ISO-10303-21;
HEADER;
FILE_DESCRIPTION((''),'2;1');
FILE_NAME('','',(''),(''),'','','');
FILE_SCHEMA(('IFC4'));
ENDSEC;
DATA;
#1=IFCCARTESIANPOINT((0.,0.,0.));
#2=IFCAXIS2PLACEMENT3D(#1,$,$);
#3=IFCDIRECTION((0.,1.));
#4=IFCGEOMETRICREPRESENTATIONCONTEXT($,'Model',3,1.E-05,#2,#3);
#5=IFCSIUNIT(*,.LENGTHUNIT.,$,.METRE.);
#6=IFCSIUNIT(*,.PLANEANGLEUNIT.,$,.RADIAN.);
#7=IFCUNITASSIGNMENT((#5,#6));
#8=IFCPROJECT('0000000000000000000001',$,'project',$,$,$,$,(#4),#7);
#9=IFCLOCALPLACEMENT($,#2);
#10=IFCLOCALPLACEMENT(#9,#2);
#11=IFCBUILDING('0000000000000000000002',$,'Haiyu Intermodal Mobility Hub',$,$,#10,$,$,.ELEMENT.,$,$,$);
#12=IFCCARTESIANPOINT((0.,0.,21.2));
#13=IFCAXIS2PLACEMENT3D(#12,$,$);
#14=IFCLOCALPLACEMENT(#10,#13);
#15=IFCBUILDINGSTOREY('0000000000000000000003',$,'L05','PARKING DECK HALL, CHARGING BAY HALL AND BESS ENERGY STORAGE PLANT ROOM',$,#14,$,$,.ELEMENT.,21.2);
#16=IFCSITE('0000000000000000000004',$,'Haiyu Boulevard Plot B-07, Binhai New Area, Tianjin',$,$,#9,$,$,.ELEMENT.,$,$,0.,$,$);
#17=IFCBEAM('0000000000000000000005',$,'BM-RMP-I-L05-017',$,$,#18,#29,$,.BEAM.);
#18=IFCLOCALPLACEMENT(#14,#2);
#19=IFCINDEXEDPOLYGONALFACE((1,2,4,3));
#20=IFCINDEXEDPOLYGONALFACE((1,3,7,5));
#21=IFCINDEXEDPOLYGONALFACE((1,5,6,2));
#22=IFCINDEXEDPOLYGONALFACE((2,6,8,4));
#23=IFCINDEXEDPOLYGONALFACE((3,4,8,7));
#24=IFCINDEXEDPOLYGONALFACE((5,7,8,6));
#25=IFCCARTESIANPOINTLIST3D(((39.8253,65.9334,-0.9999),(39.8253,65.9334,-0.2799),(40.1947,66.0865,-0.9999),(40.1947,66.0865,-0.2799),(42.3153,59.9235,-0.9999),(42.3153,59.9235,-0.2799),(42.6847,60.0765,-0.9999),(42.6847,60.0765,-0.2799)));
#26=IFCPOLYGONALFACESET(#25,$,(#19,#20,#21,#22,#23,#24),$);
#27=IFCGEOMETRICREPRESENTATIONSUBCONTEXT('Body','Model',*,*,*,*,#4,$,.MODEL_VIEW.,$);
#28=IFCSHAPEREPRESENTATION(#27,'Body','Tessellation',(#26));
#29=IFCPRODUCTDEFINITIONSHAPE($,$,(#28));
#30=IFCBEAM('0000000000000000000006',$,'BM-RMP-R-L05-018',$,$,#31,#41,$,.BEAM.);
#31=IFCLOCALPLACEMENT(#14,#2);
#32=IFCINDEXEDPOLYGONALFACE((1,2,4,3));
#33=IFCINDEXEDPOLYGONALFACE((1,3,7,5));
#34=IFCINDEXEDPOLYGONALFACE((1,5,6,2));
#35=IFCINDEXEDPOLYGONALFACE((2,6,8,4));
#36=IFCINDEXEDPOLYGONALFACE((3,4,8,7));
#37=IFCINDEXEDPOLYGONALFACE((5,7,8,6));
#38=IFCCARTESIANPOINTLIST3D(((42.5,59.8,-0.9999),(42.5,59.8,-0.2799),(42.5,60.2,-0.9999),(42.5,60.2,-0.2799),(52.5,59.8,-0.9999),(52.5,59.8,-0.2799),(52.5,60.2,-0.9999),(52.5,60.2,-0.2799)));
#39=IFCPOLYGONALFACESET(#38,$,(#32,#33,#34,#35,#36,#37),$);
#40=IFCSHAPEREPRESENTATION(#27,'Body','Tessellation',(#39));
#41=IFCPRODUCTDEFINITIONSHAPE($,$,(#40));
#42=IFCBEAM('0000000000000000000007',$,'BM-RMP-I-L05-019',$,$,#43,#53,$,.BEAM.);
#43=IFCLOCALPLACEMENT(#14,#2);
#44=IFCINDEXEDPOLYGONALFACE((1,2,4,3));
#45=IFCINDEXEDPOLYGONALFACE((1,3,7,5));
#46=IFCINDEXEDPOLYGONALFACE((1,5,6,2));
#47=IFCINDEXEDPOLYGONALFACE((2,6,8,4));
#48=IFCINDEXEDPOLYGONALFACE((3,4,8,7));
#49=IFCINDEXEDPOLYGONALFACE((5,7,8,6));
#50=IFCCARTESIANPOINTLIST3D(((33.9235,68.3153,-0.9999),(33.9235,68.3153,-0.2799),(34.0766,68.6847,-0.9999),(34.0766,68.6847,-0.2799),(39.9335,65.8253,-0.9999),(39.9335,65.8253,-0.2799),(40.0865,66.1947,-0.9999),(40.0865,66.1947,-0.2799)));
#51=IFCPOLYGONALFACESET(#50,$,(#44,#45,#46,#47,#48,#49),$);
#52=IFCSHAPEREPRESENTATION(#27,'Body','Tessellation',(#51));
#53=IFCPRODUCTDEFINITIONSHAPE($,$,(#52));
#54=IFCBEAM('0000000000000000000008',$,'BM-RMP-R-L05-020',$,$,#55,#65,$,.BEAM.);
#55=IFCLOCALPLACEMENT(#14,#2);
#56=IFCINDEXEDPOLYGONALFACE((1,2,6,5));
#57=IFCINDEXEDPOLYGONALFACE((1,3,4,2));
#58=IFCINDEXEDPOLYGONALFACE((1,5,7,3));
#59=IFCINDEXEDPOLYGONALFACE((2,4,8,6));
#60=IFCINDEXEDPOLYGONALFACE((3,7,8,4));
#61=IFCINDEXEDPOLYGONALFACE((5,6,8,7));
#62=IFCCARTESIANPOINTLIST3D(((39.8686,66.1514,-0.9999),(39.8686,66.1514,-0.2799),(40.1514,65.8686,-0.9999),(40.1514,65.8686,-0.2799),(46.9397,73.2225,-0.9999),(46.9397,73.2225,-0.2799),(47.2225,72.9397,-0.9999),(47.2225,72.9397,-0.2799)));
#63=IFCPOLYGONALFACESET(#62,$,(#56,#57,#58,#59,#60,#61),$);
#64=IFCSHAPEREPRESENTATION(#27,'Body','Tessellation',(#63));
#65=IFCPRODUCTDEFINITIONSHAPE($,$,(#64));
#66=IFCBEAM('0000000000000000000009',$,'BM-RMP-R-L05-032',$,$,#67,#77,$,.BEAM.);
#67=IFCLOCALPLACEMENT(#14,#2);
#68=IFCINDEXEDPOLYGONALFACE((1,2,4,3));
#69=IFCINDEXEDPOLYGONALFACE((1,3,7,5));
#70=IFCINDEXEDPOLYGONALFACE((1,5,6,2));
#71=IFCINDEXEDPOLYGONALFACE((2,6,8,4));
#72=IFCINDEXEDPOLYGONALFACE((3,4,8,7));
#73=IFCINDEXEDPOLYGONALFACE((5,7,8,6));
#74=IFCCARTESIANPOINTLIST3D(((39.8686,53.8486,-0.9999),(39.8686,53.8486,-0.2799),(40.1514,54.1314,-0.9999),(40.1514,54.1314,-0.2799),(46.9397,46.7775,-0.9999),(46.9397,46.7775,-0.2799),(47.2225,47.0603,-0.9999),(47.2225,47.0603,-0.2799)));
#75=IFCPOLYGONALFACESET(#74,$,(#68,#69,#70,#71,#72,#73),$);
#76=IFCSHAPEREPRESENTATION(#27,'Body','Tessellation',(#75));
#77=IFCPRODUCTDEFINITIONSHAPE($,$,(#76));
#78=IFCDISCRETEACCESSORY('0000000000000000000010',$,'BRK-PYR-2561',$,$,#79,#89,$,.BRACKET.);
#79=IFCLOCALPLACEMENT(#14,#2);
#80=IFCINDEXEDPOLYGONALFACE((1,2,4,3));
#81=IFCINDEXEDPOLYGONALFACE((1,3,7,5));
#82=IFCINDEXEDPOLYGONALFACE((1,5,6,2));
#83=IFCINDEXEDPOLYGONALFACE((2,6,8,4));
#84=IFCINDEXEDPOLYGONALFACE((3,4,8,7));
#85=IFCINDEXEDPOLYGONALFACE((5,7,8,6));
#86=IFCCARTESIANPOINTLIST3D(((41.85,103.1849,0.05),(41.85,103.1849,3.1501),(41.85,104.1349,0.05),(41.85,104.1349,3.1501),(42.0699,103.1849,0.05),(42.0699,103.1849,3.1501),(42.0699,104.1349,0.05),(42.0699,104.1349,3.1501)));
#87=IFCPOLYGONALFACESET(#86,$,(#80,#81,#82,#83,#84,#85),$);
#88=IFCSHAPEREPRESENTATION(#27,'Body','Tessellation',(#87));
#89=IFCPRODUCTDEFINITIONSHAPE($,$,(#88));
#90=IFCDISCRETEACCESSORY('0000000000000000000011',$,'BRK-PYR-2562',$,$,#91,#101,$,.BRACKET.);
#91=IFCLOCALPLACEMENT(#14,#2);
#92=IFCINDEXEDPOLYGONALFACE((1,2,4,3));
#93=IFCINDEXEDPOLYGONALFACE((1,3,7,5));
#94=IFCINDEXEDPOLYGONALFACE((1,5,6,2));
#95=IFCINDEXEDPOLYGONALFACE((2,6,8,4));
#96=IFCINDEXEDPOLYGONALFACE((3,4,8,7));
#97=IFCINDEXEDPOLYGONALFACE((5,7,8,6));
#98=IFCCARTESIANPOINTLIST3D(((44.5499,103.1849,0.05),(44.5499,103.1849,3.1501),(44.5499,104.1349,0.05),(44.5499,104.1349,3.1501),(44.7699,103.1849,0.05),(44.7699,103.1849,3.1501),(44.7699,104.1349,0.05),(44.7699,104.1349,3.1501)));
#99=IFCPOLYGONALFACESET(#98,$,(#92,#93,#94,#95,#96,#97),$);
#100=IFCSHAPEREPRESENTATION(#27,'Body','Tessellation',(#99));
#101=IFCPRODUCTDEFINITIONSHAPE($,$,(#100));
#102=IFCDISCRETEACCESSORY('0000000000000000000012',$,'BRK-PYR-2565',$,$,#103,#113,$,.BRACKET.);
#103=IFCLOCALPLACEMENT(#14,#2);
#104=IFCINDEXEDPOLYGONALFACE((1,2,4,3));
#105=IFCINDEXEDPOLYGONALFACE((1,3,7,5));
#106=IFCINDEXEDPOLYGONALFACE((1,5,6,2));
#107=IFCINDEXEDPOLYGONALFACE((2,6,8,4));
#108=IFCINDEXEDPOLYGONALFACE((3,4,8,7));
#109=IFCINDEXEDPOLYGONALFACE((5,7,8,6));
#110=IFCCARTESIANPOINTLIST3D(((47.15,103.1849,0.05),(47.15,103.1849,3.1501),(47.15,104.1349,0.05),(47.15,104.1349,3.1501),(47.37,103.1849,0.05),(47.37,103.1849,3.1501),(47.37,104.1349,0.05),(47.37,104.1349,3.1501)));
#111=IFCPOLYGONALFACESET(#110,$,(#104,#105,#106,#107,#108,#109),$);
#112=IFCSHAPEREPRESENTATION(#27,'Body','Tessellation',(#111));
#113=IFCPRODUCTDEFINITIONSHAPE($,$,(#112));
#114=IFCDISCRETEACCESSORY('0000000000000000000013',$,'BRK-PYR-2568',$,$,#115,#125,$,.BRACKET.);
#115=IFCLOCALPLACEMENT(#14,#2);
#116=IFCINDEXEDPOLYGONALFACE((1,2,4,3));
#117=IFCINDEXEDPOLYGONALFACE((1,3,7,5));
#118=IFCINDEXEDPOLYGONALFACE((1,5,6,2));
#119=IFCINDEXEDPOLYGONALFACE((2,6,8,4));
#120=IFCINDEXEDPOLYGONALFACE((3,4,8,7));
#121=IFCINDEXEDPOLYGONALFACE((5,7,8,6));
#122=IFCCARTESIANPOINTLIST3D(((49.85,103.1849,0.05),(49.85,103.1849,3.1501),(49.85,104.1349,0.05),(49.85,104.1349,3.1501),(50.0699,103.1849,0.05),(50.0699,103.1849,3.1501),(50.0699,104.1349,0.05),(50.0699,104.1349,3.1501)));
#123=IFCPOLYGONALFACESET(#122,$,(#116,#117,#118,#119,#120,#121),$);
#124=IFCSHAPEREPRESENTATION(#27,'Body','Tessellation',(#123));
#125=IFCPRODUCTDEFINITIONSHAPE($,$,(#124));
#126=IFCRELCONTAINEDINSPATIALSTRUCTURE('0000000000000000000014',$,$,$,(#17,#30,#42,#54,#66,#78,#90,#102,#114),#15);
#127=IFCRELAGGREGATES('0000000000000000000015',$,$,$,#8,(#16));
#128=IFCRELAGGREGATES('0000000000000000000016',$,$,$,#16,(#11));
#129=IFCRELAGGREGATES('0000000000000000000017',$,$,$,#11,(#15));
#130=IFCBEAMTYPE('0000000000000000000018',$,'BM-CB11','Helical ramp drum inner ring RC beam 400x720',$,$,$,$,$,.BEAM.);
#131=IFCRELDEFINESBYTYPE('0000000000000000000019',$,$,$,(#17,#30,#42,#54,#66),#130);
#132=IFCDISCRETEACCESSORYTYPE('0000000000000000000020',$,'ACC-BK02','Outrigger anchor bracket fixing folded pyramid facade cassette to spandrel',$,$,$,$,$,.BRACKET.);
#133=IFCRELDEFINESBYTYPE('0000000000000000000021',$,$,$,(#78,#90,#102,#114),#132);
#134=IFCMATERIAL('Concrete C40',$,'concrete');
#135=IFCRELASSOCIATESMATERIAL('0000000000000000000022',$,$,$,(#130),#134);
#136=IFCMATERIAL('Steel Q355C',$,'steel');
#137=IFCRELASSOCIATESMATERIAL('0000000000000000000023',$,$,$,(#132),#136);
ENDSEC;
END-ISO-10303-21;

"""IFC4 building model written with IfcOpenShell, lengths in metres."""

from ifc_helpers import new_model, si_unit, direction, frame, origin, origin_2d, place, context, subcontext, project, spatial, rectangle, extrude, material, material_profile, profile_set, type_object, element, save


model = new_model("IFC4")

# Units and contexts
model_context = context("Model", 3, precision=1e-05, world=origin(), true_north=direction((0.0, 1.0)))
body_context = subcontext(model_context, "Body", "Model", "MODEL_VIEW")
ifc_project = project(units=[si_unit("LENGTHUNIT", "METRE"), si_unit("PLANEANGLEUNIT", "RADIAN")], contexts=[model_context])

# Site, building, storey
site_placement = place(None, origin())
site = spatial("IfcSite", under=ifc_project, at=site_placement, Name="Haiyu Boulevard Plot B-07, Binhai New Area, Tianjin", CompositionType="ELEMENT", RefElevation=0.0)
building_placement = place(site_placement, origin())
building = spatial("IfcBuilding", under=site, at=building_placement, Name="Haiyu Intermodal Mobility Hub", CompositionType="ELEMENT")
storey_placement = place(building_placement, frame((0.0, 0.0, 21.2)))
storey = spatial("IfcBuildingStorey", under=building, at=storey_placement, Name="L05", Description="PARKING DECK HALL, CHARGING BAY HALL AND BESS ENERGY STORAGE PLANT ROOM", CompositionType="ELEMENT", Elevation=21.2)

# Shared definitions
ifc_material_1 = material(Name="Concrete C40", Category="concrete")

# Beams
ifc_material_profile_1 = material_profile(ifc_material_1, rectangle(XDim=0.3999, YDim=0.72, at=origin_2d()), Name="RCB400x720")
ifc_profile_set_1 = profile_set([ifc_material_profile_1], Name="Concrete C40")
beam_type_1 = type_object("IfcBeamType", Name="BM-CB11", Description="Helical ramp drum inner ring RC beam 400x720", PredefinedType="BEAM", material=ifc_profile_set_1)
beam_1_placement = place(storey_placement, frame((42.5, 60.0, -0.6399), z_axis=(-0.382757, 0.923849, 0.0), x_axis=(-0.923849, -0.382757, 0.0)))
element("IfcBeam", 1, at=beam_1_placement, inside=storey, type_object=beam_type_1, Name="BM-RMP-I-L05-017", PredefinedType="BEAM", context=body_context, shape_type="SweptSolid", body=[
    extrude(rectangle(XDim=0.3999, YDim=0.72, at=origin_2d()), origin(), (0.0, 0.0, 1.0), 6.5054),
])
beam_2_placement = place(storey_placement, frame((42.5, 60.0, -0.6399), z_axis=(1.0, 0.0, 0.0), x_axis=(0.0, 1.0, 0.0)))
element("IfcBeam", 2, at=beam_2_placement, inside=storey, type_object=beam_type_1, Name="BM-RMP-R-L05-018", PredefinedType="BEAM", context=body_context, shape_type="SweptSolid", body=[
    extrude(rectangle(XDim=0.3999, YDim=0.72, at=origin_2d()), origin(), (0.0, 0.0, 1.0), 10.0),
])
beam_3_placement = place(storey_placement, frame((40.01, 66.01, -0.6399), z_axis=(-0.923849, 0.382757, 0.0), x_axis=(-0.382757, -0.923849, 0.0)))
element("IfcBeam", 3, at=beam_3_placement, inside=storey, type_object=beam_type_1, Name="BM-RMP-I-L05-019", PredefinedType="BEAM", context=body_context, shape_type="SweptSolid", body=[
    extrude(rectangle(XDim=0.3999, YDim=0.72, at=origin_2d()), origin(), (0.0, 0.0, 1.0), 6.5054),
])
for number, where, z_axis, x_axis, name in (
    (4, (40.01, 66.01, -0.6399), (0.707107, 0.707107, 0.0), (-0.707107, 0.707107, 0.0), "BM-RMP-R-L05-020"),
    (5, (40.01, 53.99, -0.6399), (0.707107, -0.707107, 0.0), (0.707107, 0.707107, 0.0), "BM-RMP-R-L05-032"),
):
    element("IfcBeam", number, at=place(storey_placement, frame(where, z_axis=z_axis, x_axis=x_axis)), inside=storey, type_object=beam_type_1, Name=name, PredefinedType="BEAM", context=body_context, shape_type="SweptSolid", body=[
        extrude(rectangle(XDim=0.3999, YDim=0.72, at=origin_2d()), origin(), (0.0, 0.0, 1.0), 10.0),
    ])

# Shared definitions
ifc_material_2 = material(Name="Steel Q355C", Category="steel")

# Discrete accessories
discrete_accessory_type = type_object("IfcDiscreteAccessoryType", Name="ACC-BK02", Description="Outrigger anchor bracket fixing folded pyramid facade cassette to spandrel", PredefinedType="BRACKET", material=ifc_material_2)
for number, where, z_axis, x_axis, name in (
    (6, (41.96, 103.6599, 0.05), (0.0, 0.0, 1.0), (1.0, 0.0, 0.0), "BRK-PYR-2561"),
    (7, (44.6599, 103.6599, 0.05), (0.0, 0.0, 1.0), (1.0, 0.0, 0.0), "BRK-PYR-2562"),
    (8, (47.26, 103.6599, 0.05), (0.0, 0.0, 1.0), (1.0, 0.0, 0.0), "BRK-PYR-2565"),
    (9, (49.96, 103.6599, 0.05), (0.0, 0.0, 1.0), (1.0, 0.0, 0.0), "BRK-PYR-2568"),
):
    element("IfcDiscreteAccessory", number, at=place(storey_placement, frame(where, z_axis=z_axis, x_axis=x_axis)), inside=storey, type_object=discrete_accessory_type, Name=name, PredefinedType="BRACKET", context=body_context, shape_type="SweptSolid", body=[
        extrude(rectangle(XDim=0.22, YDim=0.95, at=origin_2d()), origin(), (0.0, 0.0, 1.0), 3.1001),
    ])

save(model, "model.ifc")
